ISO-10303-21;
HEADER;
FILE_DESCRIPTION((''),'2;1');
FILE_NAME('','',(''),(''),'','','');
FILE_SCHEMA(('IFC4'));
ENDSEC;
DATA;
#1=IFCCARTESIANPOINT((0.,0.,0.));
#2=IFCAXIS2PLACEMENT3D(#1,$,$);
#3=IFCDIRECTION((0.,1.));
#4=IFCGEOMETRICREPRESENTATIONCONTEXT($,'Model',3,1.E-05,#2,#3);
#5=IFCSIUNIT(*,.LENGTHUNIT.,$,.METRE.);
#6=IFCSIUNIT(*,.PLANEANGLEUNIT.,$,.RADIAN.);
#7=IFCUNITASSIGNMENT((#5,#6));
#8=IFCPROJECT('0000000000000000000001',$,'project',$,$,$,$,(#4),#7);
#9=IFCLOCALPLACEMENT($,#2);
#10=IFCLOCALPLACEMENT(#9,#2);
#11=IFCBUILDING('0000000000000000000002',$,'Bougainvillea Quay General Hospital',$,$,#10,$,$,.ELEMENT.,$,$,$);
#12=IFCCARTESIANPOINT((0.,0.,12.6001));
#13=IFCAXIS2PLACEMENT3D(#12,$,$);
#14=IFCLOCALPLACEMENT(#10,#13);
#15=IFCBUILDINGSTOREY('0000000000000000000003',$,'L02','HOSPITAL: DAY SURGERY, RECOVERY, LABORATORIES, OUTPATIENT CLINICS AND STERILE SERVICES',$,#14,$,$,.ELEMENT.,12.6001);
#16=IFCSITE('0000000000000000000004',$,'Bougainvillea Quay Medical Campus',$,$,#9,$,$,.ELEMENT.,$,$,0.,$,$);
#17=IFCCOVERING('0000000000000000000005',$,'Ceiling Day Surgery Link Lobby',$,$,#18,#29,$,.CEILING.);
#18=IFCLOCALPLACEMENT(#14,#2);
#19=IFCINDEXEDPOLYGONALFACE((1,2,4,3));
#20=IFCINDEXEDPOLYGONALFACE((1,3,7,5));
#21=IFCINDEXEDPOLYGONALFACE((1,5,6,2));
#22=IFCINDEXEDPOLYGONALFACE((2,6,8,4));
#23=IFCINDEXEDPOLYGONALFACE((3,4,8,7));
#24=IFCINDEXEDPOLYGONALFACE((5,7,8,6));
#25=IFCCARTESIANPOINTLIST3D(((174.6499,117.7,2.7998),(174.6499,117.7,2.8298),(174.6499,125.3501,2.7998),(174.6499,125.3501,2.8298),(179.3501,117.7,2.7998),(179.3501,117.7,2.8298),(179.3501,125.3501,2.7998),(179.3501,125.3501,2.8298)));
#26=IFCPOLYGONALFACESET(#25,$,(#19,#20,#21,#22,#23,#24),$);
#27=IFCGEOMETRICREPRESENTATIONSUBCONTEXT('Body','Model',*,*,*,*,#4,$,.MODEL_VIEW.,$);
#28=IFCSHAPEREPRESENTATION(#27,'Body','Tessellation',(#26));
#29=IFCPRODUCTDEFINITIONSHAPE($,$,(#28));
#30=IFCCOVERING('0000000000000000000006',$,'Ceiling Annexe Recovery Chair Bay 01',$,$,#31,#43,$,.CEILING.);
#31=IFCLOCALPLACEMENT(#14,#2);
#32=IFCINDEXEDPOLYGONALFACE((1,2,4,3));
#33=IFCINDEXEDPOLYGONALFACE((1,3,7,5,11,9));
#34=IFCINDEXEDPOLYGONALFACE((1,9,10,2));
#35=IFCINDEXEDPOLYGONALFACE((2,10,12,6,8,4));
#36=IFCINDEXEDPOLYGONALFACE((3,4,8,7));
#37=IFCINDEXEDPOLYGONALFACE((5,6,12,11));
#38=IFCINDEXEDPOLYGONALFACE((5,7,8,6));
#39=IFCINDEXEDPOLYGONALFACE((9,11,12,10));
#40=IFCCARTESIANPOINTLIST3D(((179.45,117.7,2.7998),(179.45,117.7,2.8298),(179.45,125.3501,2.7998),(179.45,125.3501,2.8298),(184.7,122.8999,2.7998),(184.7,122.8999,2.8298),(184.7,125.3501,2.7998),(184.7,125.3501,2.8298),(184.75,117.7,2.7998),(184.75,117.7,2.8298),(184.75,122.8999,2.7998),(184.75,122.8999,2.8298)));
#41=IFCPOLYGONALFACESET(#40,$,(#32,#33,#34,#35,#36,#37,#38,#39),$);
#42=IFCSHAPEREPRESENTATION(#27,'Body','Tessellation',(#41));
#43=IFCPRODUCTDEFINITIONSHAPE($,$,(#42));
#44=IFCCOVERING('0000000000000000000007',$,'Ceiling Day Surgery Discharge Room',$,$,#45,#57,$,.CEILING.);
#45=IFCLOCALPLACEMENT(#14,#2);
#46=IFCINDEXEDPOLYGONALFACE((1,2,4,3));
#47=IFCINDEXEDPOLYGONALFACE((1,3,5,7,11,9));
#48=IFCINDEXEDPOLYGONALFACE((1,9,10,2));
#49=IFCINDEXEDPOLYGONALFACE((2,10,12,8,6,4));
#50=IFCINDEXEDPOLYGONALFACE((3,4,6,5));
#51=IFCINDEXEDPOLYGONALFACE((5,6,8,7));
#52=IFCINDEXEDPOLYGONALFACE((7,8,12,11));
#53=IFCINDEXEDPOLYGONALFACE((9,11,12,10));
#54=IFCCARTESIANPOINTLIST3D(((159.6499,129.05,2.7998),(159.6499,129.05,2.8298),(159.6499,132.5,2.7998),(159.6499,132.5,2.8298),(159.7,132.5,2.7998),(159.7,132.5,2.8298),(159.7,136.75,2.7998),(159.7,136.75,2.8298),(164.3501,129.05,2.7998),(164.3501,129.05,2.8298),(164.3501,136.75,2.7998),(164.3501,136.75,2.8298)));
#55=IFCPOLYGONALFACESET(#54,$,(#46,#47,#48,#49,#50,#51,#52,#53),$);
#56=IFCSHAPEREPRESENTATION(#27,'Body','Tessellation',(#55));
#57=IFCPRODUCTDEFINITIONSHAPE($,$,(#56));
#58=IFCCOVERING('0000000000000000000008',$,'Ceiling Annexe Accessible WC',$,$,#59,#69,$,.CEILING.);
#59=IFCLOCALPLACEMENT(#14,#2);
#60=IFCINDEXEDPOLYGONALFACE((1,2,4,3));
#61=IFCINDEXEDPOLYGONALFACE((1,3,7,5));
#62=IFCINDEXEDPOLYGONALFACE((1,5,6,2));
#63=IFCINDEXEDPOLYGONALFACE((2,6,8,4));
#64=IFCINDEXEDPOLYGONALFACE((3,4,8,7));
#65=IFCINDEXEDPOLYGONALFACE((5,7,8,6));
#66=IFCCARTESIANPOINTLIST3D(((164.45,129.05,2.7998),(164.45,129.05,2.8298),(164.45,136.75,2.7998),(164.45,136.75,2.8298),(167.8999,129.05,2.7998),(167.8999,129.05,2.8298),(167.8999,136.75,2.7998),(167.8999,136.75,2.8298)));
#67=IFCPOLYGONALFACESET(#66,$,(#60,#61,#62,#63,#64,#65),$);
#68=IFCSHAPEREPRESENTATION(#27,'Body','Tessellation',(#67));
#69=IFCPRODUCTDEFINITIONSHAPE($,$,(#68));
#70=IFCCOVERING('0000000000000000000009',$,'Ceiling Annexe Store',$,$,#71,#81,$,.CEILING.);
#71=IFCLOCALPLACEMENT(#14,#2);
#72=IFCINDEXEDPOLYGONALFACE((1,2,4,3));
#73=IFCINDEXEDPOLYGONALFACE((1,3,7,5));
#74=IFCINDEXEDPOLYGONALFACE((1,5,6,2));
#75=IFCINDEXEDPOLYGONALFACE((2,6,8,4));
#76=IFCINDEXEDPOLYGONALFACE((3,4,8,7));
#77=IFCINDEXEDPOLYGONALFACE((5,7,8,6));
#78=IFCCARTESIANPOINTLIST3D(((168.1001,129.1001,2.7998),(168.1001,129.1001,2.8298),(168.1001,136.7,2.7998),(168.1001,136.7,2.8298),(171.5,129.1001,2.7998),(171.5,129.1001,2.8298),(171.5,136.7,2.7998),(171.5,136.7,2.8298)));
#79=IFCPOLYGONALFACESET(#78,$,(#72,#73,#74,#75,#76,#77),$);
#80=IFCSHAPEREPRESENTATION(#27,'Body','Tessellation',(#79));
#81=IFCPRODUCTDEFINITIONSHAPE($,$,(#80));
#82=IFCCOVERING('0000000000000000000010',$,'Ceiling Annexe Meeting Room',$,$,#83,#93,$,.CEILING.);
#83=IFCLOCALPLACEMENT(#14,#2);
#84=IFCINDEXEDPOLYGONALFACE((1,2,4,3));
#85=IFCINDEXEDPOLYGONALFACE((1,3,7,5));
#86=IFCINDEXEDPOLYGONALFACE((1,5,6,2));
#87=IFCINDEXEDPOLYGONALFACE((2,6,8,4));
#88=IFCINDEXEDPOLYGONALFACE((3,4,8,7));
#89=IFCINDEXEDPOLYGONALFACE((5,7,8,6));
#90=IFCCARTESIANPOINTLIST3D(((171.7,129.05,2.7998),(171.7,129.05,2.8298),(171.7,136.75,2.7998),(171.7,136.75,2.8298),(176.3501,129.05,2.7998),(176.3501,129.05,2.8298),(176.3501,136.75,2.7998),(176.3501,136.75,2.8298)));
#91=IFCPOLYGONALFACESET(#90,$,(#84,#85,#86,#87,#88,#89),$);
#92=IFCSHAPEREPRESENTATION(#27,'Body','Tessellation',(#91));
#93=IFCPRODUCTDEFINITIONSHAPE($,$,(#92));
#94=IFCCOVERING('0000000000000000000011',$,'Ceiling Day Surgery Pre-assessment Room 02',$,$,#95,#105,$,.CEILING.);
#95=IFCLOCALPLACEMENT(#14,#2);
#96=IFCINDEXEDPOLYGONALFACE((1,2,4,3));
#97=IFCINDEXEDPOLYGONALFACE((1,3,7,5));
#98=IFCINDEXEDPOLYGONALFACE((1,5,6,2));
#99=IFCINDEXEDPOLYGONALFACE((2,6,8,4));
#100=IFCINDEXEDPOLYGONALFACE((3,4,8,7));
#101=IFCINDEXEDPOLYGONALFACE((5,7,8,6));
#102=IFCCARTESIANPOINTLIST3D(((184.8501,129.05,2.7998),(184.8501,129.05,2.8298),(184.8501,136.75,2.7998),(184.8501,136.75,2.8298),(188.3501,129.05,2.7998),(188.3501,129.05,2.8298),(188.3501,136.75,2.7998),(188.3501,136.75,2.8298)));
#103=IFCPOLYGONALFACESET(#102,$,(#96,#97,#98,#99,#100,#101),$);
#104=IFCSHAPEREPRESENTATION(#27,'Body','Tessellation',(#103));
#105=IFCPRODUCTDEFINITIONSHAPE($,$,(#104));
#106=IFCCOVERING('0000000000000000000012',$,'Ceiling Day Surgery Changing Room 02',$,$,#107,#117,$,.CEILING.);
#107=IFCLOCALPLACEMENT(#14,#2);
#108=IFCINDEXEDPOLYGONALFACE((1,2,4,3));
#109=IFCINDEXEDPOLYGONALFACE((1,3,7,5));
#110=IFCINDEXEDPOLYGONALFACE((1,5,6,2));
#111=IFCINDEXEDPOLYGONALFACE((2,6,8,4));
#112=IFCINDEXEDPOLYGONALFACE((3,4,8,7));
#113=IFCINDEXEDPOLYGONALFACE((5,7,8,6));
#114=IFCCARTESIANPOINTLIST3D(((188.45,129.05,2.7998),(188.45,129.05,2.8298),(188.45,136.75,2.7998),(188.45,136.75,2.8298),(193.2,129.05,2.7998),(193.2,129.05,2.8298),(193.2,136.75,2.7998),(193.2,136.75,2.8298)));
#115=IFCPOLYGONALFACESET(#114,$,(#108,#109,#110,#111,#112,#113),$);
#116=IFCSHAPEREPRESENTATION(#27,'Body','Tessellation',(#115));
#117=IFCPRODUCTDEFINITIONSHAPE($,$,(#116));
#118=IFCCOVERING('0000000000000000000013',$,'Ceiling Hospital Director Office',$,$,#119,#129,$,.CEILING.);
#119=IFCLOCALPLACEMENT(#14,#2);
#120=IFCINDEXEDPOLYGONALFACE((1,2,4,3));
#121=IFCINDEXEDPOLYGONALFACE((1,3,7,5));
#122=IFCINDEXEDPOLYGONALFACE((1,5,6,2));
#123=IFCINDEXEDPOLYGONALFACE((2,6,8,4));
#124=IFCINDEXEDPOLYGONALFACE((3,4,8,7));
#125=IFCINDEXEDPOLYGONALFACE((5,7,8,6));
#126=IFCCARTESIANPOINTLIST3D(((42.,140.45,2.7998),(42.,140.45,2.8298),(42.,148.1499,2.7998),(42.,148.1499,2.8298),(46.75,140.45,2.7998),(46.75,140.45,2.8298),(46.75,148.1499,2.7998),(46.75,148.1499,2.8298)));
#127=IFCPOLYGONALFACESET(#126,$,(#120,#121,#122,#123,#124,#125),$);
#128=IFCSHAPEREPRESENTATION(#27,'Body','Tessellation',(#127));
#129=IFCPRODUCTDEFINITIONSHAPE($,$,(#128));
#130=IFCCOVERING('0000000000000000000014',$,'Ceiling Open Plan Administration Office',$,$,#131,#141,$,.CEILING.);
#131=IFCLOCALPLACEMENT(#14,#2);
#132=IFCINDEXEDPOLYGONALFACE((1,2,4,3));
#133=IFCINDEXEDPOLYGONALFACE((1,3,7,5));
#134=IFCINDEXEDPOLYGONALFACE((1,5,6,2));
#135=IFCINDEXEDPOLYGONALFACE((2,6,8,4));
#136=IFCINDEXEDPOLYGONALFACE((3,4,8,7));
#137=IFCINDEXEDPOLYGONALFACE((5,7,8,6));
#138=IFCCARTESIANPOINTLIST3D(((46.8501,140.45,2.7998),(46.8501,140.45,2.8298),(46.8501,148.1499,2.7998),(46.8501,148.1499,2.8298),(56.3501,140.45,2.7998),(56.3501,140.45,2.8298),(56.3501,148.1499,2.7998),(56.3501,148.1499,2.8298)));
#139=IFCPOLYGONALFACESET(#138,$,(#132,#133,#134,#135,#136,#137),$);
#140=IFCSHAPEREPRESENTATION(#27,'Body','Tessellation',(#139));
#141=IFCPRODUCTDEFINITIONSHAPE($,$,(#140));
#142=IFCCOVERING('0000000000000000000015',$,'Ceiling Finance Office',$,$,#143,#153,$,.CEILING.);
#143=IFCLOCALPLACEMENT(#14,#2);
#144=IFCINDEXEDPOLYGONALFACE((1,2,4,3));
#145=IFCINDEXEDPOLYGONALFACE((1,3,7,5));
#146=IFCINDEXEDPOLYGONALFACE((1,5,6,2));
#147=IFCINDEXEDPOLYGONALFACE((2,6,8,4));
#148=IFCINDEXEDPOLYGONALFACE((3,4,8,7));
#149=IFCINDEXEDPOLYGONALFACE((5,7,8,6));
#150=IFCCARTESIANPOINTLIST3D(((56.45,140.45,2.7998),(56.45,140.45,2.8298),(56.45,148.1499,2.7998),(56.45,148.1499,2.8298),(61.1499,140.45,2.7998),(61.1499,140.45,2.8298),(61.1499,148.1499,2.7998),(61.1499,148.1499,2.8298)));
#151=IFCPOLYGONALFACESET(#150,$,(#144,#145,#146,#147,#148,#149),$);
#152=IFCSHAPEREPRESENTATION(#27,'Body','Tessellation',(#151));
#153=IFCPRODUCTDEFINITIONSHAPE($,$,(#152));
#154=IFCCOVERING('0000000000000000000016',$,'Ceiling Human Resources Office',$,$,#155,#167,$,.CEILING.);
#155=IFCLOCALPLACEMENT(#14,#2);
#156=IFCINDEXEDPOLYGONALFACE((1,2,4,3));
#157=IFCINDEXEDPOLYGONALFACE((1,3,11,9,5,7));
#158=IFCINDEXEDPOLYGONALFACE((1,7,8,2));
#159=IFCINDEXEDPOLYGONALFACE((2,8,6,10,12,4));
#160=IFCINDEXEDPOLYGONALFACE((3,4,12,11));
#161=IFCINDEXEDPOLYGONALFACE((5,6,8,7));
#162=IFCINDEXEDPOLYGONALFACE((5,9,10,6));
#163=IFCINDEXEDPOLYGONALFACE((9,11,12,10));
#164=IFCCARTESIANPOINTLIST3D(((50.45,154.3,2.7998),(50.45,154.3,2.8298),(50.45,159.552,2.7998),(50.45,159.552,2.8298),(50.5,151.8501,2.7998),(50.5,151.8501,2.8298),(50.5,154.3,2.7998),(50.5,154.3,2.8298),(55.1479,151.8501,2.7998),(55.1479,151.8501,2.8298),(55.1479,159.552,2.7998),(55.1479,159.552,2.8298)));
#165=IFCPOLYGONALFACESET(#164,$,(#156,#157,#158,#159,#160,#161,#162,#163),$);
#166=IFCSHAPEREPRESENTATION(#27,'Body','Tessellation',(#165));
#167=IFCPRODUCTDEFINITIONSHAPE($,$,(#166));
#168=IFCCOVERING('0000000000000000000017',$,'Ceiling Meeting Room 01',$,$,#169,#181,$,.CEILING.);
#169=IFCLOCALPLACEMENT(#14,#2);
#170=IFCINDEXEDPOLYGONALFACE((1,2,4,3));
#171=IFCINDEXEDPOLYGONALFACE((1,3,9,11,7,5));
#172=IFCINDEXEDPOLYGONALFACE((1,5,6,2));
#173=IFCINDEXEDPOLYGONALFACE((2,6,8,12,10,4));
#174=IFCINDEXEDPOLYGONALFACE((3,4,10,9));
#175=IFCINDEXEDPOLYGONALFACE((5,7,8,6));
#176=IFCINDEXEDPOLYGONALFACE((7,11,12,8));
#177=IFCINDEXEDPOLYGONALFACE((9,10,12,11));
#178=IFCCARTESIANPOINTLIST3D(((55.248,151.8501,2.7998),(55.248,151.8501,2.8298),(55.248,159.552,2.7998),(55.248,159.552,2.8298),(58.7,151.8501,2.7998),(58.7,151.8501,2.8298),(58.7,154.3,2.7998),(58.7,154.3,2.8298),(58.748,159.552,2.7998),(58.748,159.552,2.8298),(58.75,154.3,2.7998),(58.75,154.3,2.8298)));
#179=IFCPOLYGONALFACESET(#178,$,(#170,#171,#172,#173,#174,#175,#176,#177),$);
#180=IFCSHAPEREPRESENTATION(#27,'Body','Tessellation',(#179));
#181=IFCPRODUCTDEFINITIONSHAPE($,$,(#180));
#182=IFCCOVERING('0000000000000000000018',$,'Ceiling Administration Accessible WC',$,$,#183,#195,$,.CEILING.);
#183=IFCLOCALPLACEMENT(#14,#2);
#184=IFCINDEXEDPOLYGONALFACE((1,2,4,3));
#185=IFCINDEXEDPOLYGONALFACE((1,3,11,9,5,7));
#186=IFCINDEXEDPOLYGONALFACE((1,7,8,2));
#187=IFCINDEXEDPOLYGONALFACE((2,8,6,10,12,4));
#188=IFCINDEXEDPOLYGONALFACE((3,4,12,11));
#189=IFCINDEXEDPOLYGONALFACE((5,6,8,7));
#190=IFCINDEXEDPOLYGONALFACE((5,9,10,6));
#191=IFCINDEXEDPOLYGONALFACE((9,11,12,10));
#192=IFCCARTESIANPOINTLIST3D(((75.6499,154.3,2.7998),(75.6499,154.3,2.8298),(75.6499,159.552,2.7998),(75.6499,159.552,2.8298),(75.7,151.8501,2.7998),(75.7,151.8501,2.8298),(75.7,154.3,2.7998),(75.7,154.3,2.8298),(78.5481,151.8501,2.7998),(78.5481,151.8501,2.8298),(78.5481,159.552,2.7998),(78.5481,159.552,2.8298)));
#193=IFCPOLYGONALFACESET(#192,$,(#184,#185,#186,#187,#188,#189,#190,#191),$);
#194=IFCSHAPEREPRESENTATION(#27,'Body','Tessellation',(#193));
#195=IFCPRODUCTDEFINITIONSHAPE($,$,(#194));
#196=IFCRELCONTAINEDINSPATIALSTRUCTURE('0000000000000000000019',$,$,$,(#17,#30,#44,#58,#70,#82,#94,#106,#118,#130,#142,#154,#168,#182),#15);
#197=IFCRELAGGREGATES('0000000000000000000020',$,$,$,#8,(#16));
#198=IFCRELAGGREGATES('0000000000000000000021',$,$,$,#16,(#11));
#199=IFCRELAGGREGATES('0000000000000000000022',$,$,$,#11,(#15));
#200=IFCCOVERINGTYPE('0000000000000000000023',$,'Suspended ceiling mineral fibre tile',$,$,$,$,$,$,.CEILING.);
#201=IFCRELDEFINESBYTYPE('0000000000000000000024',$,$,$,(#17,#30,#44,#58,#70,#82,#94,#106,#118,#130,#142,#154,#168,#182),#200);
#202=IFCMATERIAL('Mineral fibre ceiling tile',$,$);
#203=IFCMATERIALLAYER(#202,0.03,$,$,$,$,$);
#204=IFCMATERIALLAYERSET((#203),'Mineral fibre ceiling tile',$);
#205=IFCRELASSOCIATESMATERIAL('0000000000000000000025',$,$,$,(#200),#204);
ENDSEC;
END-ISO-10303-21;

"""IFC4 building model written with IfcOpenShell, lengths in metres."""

from ifc_helpers import new_model, si_unit, direction, frame, origin, place, context, subcontext, project, spatial, polyline, outline, extrude, material, layer, layer_set, type_object, element, save


model = new_model("IFC4")

# Units and contexts
model_context = context("Model", 3, precision=1e-05, world=origin(), true_north=direction((0.0, 1.0)))
body_context = subcontext(model_context, "Body", "Model", "MODEL_VIEW")
ifc_project = project(units=[si_unit("LENGTHUNIT", "METRE"), si_unit("PLANEANGLEUNIT", "RADIAN")], contexts=[model_context])

# Site, building, storey
site_placement = place(None, origin())
site = spatial("IfcSite", under=ifc_project, at=site_placement, Name="Bougainvillea Quay Medical Campus", CompositionType="ELEMENT", RefElevation=0.0)
building_placement = place(site_placement, origin())
building = spatial("IfcBuilding", under=site, at=building_placement, Name="Bougainvillea Quay General Hospital", CompositionType="ELEMENT")
storey_placement = place(building_placement, frame((0.0, 0.0, 12.6001)))
storey = spatial("IfcBuildingStorey", under=building, at=storey_placement, Name="L02", Description="HOSPITAL: DAY SURGERY, RECOVERY, LABORATORIES, OUTPATIENT CLINICS AND STERILE SERVICES", CompositionType="ELEMENT", Elevation=12.6001)

# Coverings
ifc_material = material(Name="Mineral fibre ceiling tile")
ifc_layer = layer(ifc_material, 0.03)
ifc_layer_set = layer_set([ifc_layer], Name="Mineral fibre ceiling tile")
covering_type = type_object("IfcCoveringType", Name="Suspended ceiling mineral fibre tile", PredefinedType="CEILING", material=ifc_layer_set)
covering_1_placement = place(storey_placement, frame((0.0, 0.0, 2.7998)))
element("IfcCovering", 1, at=covering_1_placement, inside=storey, type_object=covering_type, Name="Ceiling Day Surgery Link Lobby", PredefinedType="CEILING", context=body_context, shape_type="SweptSolid", body=[
    extrude(outline(polyline([(179.3501, 117.7), (179.3501, 125.3501), (174.6499, 125.3501), (174.6499, 117.7), (179.3501, 117.7)])), origin(), (0.0, 0.0, 1.0), 0.03),
])
covering_2_placement = place(storey_placement, frame((0.0, 0.0, 2.7998)))
element("IfcCovering", 2, at=covering_2_placement, inside=storey, type_object=covering_type, Name="Ceiling Annexe Recovery Chair Bay 01", PredefinedType="CEILING", context=body_context, shape_type="SweptSolid", body=[
    extrude(outline(polyline([(184.75, 117.7), (184.75, 122.8999), (184.7, 122.8999), (184.7, 125.3501), (179.45, 125.3501), (179.45, 117.7), (184.75, 117.7)])), origin(), (0.0, 0.0, 1.0), 0.03),
])
covering_3_placement = place(storey_placement, frame((0.0, 0.0, 2.7998)))
element("IfcCovering", 3, at=covering_3_placement, inside=storey, type_object=covering_type, Name="Ceiling Day Surgery Discharge Room", PredefinedType="CEILING", context=body_context, shape_type="SweptSolid", body=[
    extrude(outline(polyline([(159.7, 132.5), (159.6499, 132.5), (159.6499, 129.05), (164.3501, 129.05), (164.3501, 136.75), (159.7, 136.75), (159.7, 132.5)])), origin(), (0.0, 0.0, 1.0), 0.03),
])
covering_4_placement = place(storey_placement, frame((0.0, 0.0, 2.7998)))
element("IfcCovering", 4, at=covering_4_placement, inside=storey, type_object=covering_type, Name="Ceiling Annexe Accessible WC", PredefinedType="CEILING", context=body_context, shape_type="SweptSolid", body=[
    extrude(outline(polyline([(164.45, 129.05), (167.8999, 129.05), (167.8999, 136.75), (164.45, 136.75), (164.45, 129.05)])), origin(), (0.0, 0.0, 1.0), 0.03),
])
covering_5_placement = place(storey_placement, frame((0.0, 0.0, 2.7998)))
element("IfcCovering", 5, at=covering_5_placement, inside=storey, type_object=covering_type, Name="Ceiling Annexe Store", PredefinedType="CEILING", context=body_context, shape_type="SweptSolid", body=[
    extrude(outline(polyline([(168.1001, 129.1001), (171.5, 129.1001), (171.5, 136.7), (168.1001, 136.7), (168.1001, 129.1001)])), origin(), (0.0, 0.0, 1.0), 0.03),
])
covering_6_placement = place(storey_placement, frame((0.0, 0.0, 2.7998)))
element("IfcCovering", 6, at=covering_6_placement, inside=storey, type_object=covering_type, Name="Ceiling Annexe Meeting Room", PredefinedType="CEILING", context=body_context, shape_type="SweptSolid", body=[
    extrude(outline(polyline([(176.3501, 136.75), (171.7, 136.75), (171.7, 129.05), (176.3501, 129.05), (176.3501, 136.75)])), origin(), (0.0, 0.0, 1.0), 0.03),
])
covering_7_placement = place(storey_placement, frame((0.0, 0.0, 2.7998)))
element("IfcCovering", 7, at=covering_7_placement, inside=storey, type_object=covering_type, Name="Ceiling Day Surgery Pre-assessment Room 02", PredefinedType="CEILING", context=body_context, shape_type="SweptSolid", body=[
    extrude(outline(polyline([(184.8501, 136.75), (184.8501, 129.05), (188.3501, 129.05), (188.3501, 136.75), (184.8501, 136.75)])), origin(), (0.0, 0.0, 1.0), 0.03),
])
covering_8_placement = place(storey_placement, frame((0.0, 0.0, 2.7998)))
element("IfcCovering", 8, at=covering_8_placement, inside=storey, type_object=covering_type, Name="Ceiling Day Surgery Changing Room 02", PredefinedType="CEILING", context=body_context, shape_type="SweptSolid", body=[
    extrude(outline(polyline([(193.2, 136.75), (188.45, 136.75), (188.45, 129.05), (193.2, 129.05), (193.2, 136.75)])), origin(), (0.0, 0.0, 1.0), 0.03),
])
covering_9_placement = place(storey_placement, frame((0.0, 0.0, 2.7998)))
element("IfcCovering", 9, at=covering_9_placement, inside=storey, type_object=covering_type, Name="Ceiling Hospital Director Office", PredefinedType="CEILING", context=body_context, shape_type="SweptSolid", body=[
    extrude(outline(polyline([(42.0, 140.45), (46.75, 140.45), (46.75, 148.1499), (42.0, 148.1499), (42.0, 140.45)])), origin(), (0.0, 0.0, 1.0), 0.03),
])
covering_10_placement = place(storey_placement, frame((0.0, 0.0, 2.7998)))
element("IfcCovering", 10, at=covering_10_placement, inside=storey, type_object=covering_type, Name="Ceiling Open Plan Administration Office", PredefinedType="CEILING", context=body_context, shape_type="SweptSolid", body=[
    extrude(outline(polyline([(56.3501, 140.45), (56.3501, 148.1499), (46.8501, 148.1499), (46.8501, 140.45), (56.3501, 140.45)])), origin(), (0.0, 0.0, 1.0), 0.03),
])
covering_11_placement = place(storey_placement, frame((0.0, 0.0, 2.7998)))
element("IfcCovering", 11, at=covering_11_placement, inside=storey, type_object=covering_type, Name="Ceiling Finance Office", PredefinedType="CEILING", context=body_context, shape_type="SweptSolid", body=[
    extrude(outline(polyline([(61.1499, 140.45), (61.1499, 148.1499), (56.45, 148.1499), (56.45, 140.45), (61.1499, 140.45)])), origin(), (0.0, 0.0, 1.0), 0.03),
])
covering_12_placement = place(storey_placement, frame((0.0, 0.0, 2.7998)))
element("IfcCovering", 12, at=covering_12_placement, inside=storey, type_object=covering_type, Name="Ceiling Human Resources Office", PredefinedType="CEILING", context=body_context, shape_type="SweptSolid", body=[
    extrude(outline(polyline([(55.1479, 151.8501), (55.1479, 159.552), (50.45, 159.552), (50.45, 154.3), (50.5, 154.3), (50.5, 151.8501), (55.1479, 151.8501)])), origin(), (0.0, 0.0, 1.0), 0.03),
])
covering_13_placement = place(storey_placement, frame((0.0, 0.0, 2.7998)))
element("IfcCovering", 13, at=covering_13_placement, inside=storey, type_object=covering_type, Name="Ceiling Meeting Room 01", PredefinedType="CEILING", context=body_context, shape_type="SweptSolid", body=[
    extrude(outline(polyline([(58.75, 154.3), (58.748, 159.552), (55.248, 159.552), (55.248, 151.8501), (58.7, 151.8501), (58.7, 154.3), (58.75, 154.3)])), origin(), (0.0, 0.0, 1.0), 0.03),
])
covering_14_placement = place(storey_placement, frame((0.0, 0.0, 2.7998)))
element("IfcCovering", 14, at=covering_14_placement, inside=storey, type_object=covering_type, Name="Ceiling Administration Accessible WC", PredefinedType="CEILING", context=body_context, shape_type="SweptSolid", body=[
    extrude(outline(polyline([(75.7, 151.8501), (78.5481, 151.8501), (78.5481, 159.552), (75.6499, 159.552), (75.6499, 154.3), (75.7, 154.3), (75.7, 151.8501)])), origin(), (0.0, 0.0, 1.0), 0.03),
])

save(model, "model.ifc")
